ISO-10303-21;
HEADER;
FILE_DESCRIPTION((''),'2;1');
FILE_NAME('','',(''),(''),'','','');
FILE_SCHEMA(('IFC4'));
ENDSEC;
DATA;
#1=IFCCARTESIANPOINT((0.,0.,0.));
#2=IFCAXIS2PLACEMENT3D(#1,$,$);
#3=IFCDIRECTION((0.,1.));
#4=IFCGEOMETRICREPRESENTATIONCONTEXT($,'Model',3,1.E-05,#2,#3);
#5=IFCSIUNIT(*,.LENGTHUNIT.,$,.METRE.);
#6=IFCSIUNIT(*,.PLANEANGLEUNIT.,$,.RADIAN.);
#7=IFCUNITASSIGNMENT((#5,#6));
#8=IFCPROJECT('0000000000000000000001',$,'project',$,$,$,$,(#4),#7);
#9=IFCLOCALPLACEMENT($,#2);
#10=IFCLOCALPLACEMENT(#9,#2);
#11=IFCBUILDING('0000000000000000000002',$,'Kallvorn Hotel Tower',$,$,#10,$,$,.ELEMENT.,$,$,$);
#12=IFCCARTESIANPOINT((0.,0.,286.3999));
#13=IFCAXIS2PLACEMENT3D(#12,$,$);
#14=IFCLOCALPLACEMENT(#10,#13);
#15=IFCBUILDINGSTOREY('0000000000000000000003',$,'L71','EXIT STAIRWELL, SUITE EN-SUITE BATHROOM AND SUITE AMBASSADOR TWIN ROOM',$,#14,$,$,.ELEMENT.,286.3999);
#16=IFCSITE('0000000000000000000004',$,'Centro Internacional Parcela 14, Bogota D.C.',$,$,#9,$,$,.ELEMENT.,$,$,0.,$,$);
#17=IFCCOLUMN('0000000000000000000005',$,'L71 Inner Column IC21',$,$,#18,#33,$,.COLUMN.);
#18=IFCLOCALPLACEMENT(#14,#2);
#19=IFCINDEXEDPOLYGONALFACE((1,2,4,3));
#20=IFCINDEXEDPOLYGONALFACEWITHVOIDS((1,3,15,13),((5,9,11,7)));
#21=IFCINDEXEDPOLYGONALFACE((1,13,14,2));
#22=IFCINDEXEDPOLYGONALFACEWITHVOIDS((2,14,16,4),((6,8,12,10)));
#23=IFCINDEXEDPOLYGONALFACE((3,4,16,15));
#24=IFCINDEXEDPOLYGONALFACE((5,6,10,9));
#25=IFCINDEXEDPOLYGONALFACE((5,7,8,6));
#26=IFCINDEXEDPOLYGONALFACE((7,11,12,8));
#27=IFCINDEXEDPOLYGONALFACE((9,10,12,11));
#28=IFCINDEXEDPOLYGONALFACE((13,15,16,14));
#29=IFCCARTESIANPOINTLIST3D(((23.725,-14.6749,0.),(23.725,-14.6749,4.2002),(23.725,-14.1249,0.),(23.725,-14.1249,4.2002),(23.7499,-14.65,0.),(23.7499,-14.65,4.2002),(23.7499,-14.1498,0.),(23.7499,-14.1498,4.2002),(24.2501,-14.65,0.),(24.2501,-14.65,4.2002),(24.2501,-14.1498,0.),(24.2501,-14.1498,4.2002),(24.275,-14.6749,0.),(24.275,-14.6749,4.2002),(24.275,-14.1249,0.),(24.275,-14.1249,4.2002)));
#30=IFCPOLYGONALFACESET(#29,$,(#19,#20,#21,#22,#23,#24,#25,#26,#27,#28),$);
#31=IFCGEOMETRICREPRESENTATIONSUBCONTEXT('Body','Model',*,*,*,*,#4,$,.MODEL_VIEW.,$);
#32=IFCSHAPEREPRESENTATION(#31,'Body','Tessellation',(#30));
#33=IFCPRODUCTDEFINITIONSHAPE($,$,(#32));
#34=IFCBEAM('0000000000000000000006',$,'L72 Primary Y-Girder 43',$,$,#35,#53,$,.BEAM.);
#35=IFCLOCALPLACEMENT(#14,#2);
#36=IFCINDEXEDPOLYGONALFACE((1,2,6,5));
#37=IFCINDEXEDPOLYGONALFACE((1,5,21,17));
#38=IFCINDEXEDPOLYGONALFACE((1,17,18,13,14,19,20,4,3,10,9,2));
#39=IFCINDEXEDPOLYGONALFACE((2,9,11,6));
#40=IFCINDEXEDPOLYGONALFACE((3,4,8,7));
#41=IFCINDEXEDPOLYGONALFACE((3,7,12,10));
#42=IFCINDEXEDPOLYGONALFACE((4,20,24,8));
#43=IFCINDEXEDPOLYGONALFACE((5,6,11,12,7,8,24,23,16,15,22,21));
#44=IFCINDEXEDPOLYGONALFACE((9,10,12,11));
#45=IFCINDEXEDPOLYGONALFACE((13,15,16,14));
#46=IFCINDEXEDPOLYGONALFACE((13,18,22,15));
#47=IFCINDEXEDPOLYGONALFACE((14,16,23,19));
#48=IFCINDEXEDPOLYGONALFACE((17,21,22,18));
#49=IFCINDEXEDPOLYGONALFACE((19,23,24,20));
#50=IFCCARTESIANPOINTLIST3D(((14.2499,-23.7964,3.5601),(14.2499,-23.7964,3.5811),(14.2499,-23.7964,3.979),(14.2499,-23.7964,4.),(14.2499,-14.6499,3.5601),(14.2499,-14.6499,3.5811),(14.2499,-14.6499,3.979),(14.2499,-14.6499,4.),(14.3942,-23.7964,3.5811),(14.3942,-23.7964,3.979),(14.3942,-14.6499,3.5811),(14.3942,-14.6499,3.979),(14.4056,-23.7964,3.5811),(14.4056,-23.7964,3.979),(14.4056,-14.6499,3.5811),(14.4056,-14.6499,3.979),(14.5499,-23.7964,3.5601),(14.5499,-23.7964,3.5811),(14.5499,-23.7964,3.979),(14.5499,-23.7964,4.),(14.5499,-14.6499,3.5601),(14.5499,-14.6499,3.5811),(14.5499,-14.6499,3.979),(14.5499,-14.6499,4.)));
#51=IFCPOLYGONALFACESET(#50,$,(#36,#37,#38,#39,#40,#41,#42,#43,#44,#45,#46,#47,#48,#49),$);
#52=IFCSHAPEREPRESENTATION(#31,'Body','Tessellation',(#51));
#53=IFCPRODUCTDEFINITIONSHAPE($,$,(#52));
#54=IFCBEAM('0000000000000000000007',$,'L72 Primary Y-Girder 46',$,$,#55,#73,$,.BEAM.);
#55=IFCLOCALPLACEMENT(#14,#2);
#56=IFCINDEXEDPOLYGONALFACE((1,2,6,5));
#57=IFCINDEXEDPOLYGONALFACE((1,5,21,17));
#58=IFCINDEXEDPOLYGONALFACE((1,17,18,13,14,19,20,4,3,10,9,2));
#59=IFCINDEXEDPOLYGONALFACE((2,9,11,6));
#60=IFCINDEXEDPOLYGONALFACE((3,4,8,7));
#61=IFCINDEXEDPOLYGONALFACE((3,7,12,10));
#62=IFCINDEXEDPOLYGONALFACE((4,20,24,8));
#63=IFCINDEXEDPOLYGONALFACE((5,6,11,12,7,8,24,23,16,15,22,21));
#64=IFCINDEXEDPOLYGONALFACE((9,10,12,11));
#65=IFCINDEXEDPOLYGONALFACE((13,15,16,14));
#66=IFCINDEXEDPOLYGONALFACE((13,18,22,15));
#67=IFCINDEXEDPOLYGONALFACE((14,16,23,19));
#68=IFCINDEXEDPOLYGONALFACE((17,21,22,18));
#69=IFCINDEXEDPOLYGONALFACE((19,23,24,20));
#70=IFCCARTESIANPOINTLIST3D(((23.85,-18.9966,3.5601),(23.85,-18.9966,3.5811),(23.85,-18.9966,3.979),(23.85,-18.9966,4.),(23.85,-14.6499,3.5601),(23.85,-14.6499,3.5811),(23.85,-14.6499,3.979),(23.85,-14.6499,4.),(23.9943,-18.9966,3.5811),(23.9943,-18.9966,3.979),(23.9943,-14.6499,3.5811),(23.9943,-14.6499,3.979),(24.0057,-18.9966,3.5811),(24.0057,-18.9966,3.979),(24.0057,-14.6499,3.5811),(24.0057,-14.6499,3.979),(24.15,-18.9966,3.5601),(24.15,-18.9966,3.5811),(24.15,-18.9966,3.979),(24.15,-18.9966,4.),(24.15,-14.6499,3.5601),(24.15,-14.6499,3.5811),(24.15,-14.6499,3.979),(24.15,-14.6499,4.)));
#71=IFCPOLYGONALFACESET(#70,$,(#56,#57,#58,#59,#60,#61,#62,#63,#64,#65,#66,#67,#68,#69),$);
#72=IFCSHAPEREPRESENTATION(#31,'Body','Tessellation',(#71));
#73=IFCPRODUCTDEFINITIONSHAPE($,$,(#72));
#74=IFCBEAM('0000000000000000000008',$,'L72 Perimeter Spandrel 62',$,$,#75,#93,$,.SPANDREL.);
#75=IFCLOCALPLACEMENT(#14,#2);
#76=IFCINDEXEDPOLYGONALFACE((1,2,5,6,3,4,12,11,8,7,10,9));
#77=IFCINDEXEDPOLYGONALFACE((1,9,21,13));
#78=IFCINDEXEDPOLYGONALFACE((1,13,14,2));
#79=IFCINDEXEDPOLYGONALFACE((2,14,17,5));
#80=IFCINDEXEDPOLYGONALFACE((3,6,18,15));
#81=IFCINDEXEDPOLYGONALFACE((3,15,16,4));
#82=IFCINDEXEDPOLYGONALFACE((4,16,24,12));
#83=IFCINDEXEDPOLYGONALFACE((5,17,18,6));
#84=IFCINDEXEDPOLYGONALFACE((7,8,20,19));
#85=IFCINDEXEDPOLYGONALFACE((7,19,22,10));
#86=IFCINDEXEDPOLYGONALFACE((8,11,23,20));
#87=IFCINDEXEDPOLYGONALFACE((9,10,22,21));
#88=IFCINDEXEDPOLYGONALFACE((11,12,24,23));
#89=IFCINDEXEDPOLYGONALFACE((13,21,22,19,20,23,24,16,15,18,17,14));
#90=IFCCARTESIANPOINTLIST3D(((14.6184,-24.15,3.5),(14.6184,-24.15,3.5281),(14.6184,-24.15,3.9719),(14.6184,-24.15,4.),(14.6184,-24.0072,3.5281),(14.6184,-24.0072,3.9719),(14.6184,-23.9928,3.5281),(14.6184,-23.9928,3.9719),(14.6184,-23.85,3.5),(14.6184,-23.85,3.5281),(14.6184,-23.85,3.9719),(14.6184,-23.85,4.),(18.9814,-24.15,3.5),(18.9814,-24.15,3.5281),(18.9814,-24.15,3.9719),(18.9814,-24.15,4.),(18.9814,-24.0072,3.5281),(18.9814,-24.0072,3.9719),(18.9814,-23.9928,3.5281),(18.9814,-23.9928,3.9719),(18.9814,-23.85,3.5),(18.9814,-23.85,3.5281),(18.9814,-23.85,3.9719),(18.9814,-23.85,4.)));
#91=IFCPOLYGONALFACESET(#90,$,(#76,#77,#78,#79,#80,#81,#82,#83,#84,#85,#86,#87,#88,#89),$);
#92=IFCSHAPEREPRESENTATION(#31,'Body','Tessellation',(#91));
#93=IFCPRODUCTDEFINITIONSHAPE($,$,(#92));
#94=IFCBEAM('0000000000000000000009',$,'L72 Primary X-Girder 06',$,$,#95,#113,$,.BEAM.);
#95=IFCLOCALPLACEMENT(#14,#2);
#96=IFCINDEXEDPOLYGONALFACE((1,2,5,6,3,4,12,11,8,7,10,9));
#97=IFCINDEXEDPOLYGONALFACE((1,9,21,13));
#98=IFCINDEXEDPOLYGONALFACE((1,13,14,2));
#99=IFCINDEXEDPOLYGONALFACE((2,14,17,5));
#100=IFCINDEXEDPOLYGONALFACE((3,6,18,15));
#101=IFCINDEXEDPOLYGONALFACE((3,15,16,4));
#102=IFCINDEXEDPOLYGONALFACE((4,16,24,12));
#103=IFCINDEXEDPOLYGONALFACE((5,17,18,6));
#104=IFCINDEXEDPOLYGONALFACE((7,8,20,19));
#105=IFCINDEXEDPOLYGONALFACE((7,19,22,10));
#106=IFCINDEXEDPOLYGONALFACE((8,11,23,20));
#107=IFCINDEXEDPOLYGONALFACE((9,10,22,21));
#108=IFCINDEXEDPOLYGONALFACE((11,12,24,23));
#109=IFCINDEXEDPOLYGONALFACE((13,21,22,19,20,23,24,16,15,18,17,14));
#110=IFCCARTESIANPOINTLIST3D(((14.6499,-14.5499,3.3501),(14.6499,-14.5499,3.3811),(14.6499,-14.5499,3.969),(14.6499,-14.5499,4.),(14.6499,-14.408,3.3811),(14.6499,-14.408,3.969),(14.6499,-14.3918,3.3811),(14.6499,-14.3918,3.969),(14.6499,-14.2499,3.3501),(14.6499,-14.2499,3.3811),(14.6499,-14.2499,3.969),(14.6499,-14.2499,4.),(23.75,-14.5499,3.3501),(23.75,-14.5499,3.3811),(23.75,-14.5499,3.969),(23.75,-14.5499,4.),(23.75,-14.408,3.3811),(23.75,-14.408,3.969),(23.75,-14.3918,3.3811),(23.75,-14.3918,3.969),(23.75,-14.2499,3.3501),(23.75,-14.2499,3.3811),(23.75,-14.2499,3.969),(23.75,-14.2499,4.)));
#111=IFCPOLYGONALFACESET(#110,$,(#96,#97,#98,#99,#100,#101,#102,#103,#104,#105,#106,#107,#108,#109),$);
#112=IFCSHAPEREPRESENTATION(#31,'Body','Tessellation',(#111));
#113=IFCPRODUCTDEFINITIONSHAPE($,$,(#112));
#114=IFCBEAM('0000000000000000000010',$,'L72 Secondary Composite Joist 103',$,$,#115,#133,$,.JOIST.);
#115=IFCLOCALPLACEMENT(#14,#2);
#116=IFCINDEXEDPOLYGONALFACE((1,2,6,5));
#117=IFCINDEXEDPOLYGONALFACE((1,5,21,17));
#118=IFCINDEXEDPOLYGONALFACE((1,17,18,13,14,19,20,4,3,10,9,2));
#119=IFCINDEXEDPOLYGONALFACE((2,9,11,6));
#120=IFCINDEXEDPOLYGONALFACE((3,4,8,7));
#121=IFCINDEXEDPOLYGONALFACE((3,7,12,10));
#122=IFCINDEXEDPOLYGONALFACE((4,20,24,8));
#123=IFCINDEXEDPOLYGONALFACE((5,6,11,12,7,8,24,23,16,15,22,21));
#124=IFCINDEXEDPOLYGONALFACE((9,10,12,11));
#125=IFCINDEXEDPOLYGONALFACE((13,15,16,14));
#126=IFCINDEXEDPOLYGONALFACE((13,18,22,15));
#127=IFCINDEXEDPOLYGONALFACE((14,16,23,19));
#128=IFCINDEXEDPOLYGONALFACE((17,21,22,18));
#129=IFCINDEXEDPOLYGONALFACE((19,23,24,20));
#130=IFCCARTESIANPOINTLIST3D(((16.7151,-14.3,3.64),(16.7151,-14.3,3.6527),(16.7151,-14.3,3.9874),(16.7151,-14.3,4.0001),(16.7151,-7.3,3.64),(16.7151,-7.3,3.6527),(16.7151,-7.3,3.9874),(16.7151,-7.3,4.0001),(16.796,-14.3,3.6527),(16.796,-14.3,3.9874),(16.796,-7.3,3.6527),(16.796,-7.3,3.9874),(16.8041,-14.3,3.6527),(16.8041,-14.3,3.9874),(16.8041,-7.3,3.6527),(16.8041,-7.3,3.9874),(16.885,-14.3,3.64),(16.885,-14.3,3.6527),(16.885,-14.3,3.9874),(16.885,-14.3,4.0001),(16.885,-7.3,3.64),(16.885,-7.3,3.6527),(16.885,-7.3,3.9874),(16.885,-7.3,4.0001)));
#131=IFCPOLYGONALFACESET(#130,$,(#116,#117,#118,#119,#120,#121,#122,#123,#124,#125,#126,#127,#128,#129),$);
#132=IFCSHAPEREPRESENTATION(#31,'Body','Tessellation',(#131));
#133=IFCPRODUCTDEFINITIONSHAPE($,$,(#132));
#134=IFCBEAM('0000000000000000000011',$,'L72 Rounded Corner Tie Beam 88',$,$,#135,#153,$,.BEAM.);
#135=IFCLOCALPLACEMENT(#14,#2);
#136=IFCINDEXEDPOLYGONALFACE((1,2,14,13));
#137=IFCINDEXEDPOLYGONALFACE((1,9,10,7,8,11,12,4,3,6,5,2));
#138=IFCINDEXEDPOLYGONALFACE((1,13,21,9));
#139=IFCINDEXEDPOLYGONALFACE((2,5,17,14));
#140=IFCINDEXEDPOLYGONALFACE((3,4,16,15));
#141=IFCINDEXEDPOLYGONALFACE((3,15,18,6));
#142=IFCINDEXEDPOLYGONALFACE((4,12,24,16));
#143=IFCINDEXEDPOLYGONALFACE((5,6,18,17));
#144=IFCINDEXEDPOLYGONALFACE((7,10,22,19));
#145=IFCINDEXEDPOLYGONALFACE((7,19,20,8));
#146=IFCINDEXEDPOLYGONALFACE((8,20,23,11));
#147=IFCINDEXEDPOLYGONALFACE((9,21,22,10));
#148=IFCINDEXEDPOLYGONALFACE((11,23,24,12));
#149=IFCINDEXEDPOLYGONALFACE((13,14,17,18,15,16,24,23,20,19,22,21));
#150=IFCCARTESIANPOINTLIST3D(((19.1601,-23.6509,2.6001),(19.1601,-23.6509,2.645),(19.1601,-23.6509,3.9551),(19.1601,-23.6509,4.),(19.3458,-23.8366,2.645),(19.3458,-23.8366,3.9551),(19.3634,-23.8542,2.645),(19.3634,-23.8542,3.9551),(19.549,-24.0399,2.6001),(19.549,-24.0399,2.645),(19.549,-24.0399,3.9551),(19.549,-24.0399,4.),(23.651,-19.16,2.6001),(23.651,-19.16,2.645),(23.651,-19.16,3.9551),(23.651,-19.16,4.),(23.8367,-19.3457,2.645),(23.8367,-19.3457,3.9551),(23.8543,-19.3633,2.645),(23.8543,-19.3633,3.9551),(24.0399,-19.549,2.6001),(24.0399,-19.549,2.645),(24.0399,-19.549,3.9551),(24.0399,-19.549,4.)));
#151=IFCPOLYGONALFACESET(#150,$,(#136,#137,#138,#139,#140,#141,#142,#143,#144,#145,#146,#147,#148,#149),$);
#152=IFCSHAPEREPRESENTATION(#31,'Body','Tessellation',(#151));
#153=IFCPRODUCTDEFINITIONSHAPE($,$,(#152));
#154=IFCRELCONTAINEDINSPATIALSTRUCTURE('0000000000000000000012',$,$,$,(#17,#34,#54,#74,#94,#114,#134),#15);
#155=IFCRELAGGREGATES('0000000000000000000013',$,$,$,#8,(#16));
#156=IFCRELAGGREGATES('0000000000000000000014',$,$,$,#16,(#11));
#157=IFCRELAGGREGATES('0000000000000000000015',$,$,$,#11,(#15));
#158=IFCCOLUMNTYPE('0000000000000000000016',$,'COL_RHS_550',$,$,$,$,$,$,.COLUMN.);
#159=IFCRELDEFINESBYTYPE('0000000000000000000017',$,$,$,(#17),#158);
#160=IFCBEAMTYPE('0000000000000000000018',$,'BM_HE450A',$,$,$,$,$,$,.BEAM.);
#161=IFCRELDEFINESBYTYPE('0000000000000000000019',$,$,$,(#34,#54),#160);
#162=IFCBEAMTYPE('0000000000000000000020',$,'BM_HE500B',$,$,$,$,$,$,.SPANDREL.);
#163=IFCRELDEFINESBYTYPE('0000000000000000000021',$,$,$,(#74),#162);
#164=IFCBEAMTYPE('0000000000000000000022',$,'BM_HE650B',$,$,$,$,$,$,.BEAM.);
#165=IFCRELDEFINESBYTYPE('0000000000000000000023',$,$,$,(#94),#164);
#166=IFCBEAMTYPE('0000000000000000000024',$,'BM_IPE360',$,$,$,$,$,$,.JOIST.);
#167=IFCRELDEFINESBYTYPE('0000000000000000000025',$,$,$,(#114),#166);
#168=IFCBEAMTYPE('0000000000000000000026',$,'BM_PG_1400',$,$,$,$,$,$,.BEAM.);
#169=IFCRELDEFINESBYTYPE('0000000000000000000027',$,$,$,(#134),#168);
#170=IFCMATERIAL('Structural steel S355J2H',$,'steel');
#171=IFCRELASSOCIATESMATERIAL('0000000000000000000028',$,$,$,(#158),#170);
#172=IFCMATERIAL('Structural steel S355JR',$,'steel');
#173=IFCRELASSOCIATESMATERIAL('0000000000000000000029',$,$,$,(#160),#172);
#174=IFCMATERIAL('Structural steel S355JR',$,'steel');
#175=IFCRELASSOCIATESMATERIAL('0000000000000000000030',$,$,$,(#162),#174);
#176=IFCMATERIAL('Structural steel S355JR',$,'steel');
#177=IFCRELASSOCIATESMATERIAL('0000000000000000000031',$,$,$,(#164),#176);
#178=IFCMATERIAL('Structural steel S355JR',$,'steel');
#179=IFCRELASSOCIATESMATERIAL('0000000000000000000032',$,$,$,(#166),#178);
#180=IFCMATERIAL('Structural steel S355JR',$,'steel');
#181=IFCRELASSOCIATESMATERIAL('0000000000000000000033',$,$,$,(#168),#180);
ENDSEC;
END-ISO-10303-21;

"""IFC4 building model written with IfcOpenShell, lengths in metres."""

from ifc_helpers import new_model, si_unit, direction, frame, origin, origin_2d, place, context, subcontext, project, spatial, hollow_rectangle, i_section, extrude, material, material_profile, profile_set, type_object, element, save


model = new_model("IFC4")

# Units and contexts
model_context = context("Model", 3, precision=1e-05, world=origin(), true_north=direction((0.0, 1.0)))
body_context = subcontext(model_context, "Body", "Model", "MODEL_VIEW")
ifc_project = project(units=[si_unit("LENGTHUNIT", "METRE"), si_unit("PLANEANGLEUNIT", "RADIAN")], contexts=[model_context])

# Site, building, storey
site_placement = place(None, origin())
site = spatial("IfcSite", under=ifc_project, at=site_placement, Name="Centro Internacional Parcela 14, Bogota D.C.", CompositionType="ELEMENT", RefElevation=0.0)
building_placement = place(site_placement, origin())
building = spatial("IfcBuilding", under=site, at=building_placement, Name="Kallvorn Hotel Tower", CompositionType="ELEMENT")
storey_placement = place(building_placement, frame((0.0, 0.0, 286.3999)))
storey = spatial("IfcBuildingStorey", under=building, at=storey_placement, Name="L71", Description="EXIT STAIRWELL, SUITE EN-SUITE BATHROOM AND SUITE AMBASSADOR TWIN ROOM", CompositionType="ELEMENT", Elevation=286.3999)

# Column
ifc_material_1 = material(Name="Structural steel S355J2H", Category="steel")
ifc_material_profile_1 = material_profile(ifc_material_1, hollow_rectangle(XDim=0.55, YDim=0.55, WallThickness=0.0249, at=origin_2d()), Name="RHS 550x550x25")
ifc_profile_set_1 = profile_set([ifc_material_profile_1], Name="Structural steel S355J2H")
column_type_1 = type_object("IfcColumnType", Name="COL_RHS_550", PredefinedType="COLUMN", material=ifc_profile_set_1)
for number, where, z_axis, x_axis, name in (
    (1, (24.0, -14.3999, 0.0), (0.0, 0.0, 1.0), (1.0, 0.0, 0.0), "L71 Inner Column IC21"),
):
    element("IfcColumn", number, at=place(storey_placement, frame(where, z_axis=z_axis, x_axis=x_axis)), inside=storey, type_object=column_type_1, Name=name, PredefinedType="COLUMN", context=body_context, shape_type="SweptSolid", body=[
        extrude(hollow_rectangle(XDim=0.55, YDim=0.55, WallThickness=0.0249, at=origin_2d()), origin(), (0.0, 0.0, 1.0), 4.2002),
    ])

# Beams
ifc_material_2 = material(Name="Structural steel S355JR", Category="steel")
ifc_material_profile_2 = material_profile(ifc_material_2, i_section(OverallWidth=0.3, OverallDepth=0.4399, WebThickness=0.0115, FlangeThickness=0.021, at=origin_2d()), Name="HE 450 A")
ifc_profile_set_2 = profile_set([ifc_material_profile_2], Name="Structural steel S355JR")
beam_type_1 = type_object("IfcBeamType", Name="BM_HE450A", PredefinedType="BEAM", material=ifc_profile_set_2)
beam_1_placement = place(storey_placement, frame((14.3999, -23.7964, 3.78), z_axis=(0.0, 1.0, 0.0), x_axis=(-1.0, 0.0, 0.0)))
element("IfcBeam", 2, at=beam_1_placement, inside=storey, type_object=beam_type_1, Name="L72 Primary Y-Girder 43", PredefinedType="BEAM", context=body_context, shape_type="SweptSolid", body=[
    extrude(i_section(OverallWidth=0.3, OverallDepth=0.4399, WebThickness=0.0115, FlangeThickness=0.021, at=origin_2d()), origin(), (0.0, 0.0, 1.0), 9.1465),
])
beam_2_placement = place(storey_placement, frame((24.0, -18.9966, 3.78), z_axis=(0.0, 1.0, 0.0), x_axis=(-1.0, 0.0, 0.0)))
element("IfcBeam", 3, at=beam_2_placement, inside=storey, type_object=beam_type_1, Name="L72 Primary Y-Girder 46", PredefinedType="BEAM", context=body_context, shape_type="SweptSolid", body=[
    extrude(i_section(OverallWidth=0.3, OverallDepth=0.4399, WebThickness=0.0115, FlangeThickness=0.021, at=origin_2d()), origin(), (0.0, 0.0, 1.0), 4.3467),
])
ifc_material_3 = material(Name="Structural steel S355JR", Category="steel")
ifc_material_profile_3 = material_profile(ifc_material_3, i_section(OverallWidth=0.3, OverallDepth=0.5, WebThickness=0.0144, FlangeThickness=0.0281, at=origin_2d()), Name="HE 500 B")
ifc_profile_set_3 = profile_set([ifc_material_profile_3], Name="Structural steel S355JR")
beam_type_2 = type_object("IfcBeamType", Name="BM_HE500B", PredefinedType="SPANDREL", material=ifc_profile_set_3)
beam_3_placement = place(storey_placement, frame((14.6184, -24.0, 3.75), z_axis=(1.0, 0.0, 0.0), x_axis=(0.0, 1.0, 0.0)))
element("IfcBeam", 4, at=beam_3_placement, inside=storey, type_object=beam_type_2, Name="L72 Perimeter Spandrel 62", PredefinedType="SPANDREL", context=body_context, shape_type="SweptSolid", body=[
    extrude(i_section(OverallWidth=0.3, OverallDepth=0.5, WebThickness=0.0144, FlangeThickness=0.0281, at=origin_2d()), origin(), (0.0, 0.0, 1.0), 4.363),
])
ifc_material_4 = material(Name="Structural steel S355JR", Category="steel")
ifc_material_profile_4 = material_profile(ifc_material_4, i_section(OverallWidth=0.3, OverallDepth=0.6499, WebThickness=0.0161, FlangeThickness=0.031, at=origin_2d()), Name="HE 650 B")
ifc_profile_set_4 = profile_set([ifc_material_profile_4], Name="Structural steel S355JR")
beam_type_3 = type_object("IfcBeamType", Name="BM_HE650B", PredefinedType="BEAM", material=ifc_profile_set_4)
beam_4_placement = place(storey_placement, frame((14.6499, -14.3999, 3.675), z_axis=(1.0, 0.0, 0.0), x_axis=(0.0, 1.0, 0.0)))
element("IfcBeam", 5, at=beam_4_placement, inside=storey, type_object=beam_type_3, Name="L72 Primary X-Girder 06", PredefinedType="BEAM", context=body_context, shape_type="SweptSolid", body=[
    extrude(i_section(OverallWidth=0.3, OverallDepth=0.6499, WebThickness=0.0161, FlangeThickness=0.031, at=origin_2d()), origin(), (0.0, 0.0, 1.0), 9.1001),
])
ifc_material_5 = material(Name="Structural steel S355JR", Category="steel")
ifc_material_profile_5 = material_profile(ifc_material_5, i_section(OverallWidth=0.1699, OverallDepth=0.3601, WebThickness=0.0081, FlangeThickness=0.0127, at=origin_2d()), Name="IPE 360")
ifc_profile_set_5 = profile_set([ifc_material_profile_5], Name="Structural steel S355JR")
beam_type_4 = type_object("IfcBeamType", Name="BM_IPE360", PredefinedType="JOIST", material=ifc_profile_set_5)
beam_5_placement = place(storey_placement, frame((16.8, -14.3, 3.8201), z_axis=(0.0, 1.0, 0.0), x_axis=(-1.0, 0.0, 0.0)))
element("IfcBeam", 6, at=beam_5_placement, inside=storey, type_object=beam_type_4, Name="L72 Secondary Composite Joist 103", PredefinedType="JOIST", context=body_context, shape_type="SweptSolid", body=[
    extrude(i_section(OverallWidth=0.1699, OverallDepth=0.3601, WebThickness=0.0081, FlangeThickness=0.0127, at=origin_2d()), origin(), (0.0, 0.0, 1.0), 7.0),
])
ifc_material_6 = material(Name="Structural steel S355JR", Category="steel")
ifc_material_profile_6 = material_profile(ifc_material_6, i_section(OverallWidth=0.55, OverallDepth=1.3999, WebThickness=0.0249, FlangeThickness=0.0449, at=origin_2d()), Name="PG 1400x550x25x45")
ifc_profile_set_6 = profile_set([ifc_material_profile_6], Name="Structural steel S355JR")
beam_type_5 = type_object("IfcBeamType", Name="BM_PG_1400", PredefinedType="BEAM", material=ifc_profile_set_6)
beam_6_placement = place(storey_placement, frame((23.8455, -19.3545, 3.3), z_axis=(-0.707107, -0.707107, 0.0), x_axis=(0.707107, -0.707107, 0.0)))
element("IfcBeam", 7, at=beam_6_placement, inside=storey, type_object=beam_type_5, Name="L72 Rounded Corner Tie Beam 88", PredefinedType="BEAM", context=body_context, shape_type="SweptSolid", body=[
    extrude(i_section(OverallWidth=0.55, OverallDepth=1.3999, WebThickness=0.0249, FlangeThickness=0.0449, at=origin_2d()), origin(), (0.0, 0.0, 1.0), 6.3511),
])

save(model, "model.ifc")
